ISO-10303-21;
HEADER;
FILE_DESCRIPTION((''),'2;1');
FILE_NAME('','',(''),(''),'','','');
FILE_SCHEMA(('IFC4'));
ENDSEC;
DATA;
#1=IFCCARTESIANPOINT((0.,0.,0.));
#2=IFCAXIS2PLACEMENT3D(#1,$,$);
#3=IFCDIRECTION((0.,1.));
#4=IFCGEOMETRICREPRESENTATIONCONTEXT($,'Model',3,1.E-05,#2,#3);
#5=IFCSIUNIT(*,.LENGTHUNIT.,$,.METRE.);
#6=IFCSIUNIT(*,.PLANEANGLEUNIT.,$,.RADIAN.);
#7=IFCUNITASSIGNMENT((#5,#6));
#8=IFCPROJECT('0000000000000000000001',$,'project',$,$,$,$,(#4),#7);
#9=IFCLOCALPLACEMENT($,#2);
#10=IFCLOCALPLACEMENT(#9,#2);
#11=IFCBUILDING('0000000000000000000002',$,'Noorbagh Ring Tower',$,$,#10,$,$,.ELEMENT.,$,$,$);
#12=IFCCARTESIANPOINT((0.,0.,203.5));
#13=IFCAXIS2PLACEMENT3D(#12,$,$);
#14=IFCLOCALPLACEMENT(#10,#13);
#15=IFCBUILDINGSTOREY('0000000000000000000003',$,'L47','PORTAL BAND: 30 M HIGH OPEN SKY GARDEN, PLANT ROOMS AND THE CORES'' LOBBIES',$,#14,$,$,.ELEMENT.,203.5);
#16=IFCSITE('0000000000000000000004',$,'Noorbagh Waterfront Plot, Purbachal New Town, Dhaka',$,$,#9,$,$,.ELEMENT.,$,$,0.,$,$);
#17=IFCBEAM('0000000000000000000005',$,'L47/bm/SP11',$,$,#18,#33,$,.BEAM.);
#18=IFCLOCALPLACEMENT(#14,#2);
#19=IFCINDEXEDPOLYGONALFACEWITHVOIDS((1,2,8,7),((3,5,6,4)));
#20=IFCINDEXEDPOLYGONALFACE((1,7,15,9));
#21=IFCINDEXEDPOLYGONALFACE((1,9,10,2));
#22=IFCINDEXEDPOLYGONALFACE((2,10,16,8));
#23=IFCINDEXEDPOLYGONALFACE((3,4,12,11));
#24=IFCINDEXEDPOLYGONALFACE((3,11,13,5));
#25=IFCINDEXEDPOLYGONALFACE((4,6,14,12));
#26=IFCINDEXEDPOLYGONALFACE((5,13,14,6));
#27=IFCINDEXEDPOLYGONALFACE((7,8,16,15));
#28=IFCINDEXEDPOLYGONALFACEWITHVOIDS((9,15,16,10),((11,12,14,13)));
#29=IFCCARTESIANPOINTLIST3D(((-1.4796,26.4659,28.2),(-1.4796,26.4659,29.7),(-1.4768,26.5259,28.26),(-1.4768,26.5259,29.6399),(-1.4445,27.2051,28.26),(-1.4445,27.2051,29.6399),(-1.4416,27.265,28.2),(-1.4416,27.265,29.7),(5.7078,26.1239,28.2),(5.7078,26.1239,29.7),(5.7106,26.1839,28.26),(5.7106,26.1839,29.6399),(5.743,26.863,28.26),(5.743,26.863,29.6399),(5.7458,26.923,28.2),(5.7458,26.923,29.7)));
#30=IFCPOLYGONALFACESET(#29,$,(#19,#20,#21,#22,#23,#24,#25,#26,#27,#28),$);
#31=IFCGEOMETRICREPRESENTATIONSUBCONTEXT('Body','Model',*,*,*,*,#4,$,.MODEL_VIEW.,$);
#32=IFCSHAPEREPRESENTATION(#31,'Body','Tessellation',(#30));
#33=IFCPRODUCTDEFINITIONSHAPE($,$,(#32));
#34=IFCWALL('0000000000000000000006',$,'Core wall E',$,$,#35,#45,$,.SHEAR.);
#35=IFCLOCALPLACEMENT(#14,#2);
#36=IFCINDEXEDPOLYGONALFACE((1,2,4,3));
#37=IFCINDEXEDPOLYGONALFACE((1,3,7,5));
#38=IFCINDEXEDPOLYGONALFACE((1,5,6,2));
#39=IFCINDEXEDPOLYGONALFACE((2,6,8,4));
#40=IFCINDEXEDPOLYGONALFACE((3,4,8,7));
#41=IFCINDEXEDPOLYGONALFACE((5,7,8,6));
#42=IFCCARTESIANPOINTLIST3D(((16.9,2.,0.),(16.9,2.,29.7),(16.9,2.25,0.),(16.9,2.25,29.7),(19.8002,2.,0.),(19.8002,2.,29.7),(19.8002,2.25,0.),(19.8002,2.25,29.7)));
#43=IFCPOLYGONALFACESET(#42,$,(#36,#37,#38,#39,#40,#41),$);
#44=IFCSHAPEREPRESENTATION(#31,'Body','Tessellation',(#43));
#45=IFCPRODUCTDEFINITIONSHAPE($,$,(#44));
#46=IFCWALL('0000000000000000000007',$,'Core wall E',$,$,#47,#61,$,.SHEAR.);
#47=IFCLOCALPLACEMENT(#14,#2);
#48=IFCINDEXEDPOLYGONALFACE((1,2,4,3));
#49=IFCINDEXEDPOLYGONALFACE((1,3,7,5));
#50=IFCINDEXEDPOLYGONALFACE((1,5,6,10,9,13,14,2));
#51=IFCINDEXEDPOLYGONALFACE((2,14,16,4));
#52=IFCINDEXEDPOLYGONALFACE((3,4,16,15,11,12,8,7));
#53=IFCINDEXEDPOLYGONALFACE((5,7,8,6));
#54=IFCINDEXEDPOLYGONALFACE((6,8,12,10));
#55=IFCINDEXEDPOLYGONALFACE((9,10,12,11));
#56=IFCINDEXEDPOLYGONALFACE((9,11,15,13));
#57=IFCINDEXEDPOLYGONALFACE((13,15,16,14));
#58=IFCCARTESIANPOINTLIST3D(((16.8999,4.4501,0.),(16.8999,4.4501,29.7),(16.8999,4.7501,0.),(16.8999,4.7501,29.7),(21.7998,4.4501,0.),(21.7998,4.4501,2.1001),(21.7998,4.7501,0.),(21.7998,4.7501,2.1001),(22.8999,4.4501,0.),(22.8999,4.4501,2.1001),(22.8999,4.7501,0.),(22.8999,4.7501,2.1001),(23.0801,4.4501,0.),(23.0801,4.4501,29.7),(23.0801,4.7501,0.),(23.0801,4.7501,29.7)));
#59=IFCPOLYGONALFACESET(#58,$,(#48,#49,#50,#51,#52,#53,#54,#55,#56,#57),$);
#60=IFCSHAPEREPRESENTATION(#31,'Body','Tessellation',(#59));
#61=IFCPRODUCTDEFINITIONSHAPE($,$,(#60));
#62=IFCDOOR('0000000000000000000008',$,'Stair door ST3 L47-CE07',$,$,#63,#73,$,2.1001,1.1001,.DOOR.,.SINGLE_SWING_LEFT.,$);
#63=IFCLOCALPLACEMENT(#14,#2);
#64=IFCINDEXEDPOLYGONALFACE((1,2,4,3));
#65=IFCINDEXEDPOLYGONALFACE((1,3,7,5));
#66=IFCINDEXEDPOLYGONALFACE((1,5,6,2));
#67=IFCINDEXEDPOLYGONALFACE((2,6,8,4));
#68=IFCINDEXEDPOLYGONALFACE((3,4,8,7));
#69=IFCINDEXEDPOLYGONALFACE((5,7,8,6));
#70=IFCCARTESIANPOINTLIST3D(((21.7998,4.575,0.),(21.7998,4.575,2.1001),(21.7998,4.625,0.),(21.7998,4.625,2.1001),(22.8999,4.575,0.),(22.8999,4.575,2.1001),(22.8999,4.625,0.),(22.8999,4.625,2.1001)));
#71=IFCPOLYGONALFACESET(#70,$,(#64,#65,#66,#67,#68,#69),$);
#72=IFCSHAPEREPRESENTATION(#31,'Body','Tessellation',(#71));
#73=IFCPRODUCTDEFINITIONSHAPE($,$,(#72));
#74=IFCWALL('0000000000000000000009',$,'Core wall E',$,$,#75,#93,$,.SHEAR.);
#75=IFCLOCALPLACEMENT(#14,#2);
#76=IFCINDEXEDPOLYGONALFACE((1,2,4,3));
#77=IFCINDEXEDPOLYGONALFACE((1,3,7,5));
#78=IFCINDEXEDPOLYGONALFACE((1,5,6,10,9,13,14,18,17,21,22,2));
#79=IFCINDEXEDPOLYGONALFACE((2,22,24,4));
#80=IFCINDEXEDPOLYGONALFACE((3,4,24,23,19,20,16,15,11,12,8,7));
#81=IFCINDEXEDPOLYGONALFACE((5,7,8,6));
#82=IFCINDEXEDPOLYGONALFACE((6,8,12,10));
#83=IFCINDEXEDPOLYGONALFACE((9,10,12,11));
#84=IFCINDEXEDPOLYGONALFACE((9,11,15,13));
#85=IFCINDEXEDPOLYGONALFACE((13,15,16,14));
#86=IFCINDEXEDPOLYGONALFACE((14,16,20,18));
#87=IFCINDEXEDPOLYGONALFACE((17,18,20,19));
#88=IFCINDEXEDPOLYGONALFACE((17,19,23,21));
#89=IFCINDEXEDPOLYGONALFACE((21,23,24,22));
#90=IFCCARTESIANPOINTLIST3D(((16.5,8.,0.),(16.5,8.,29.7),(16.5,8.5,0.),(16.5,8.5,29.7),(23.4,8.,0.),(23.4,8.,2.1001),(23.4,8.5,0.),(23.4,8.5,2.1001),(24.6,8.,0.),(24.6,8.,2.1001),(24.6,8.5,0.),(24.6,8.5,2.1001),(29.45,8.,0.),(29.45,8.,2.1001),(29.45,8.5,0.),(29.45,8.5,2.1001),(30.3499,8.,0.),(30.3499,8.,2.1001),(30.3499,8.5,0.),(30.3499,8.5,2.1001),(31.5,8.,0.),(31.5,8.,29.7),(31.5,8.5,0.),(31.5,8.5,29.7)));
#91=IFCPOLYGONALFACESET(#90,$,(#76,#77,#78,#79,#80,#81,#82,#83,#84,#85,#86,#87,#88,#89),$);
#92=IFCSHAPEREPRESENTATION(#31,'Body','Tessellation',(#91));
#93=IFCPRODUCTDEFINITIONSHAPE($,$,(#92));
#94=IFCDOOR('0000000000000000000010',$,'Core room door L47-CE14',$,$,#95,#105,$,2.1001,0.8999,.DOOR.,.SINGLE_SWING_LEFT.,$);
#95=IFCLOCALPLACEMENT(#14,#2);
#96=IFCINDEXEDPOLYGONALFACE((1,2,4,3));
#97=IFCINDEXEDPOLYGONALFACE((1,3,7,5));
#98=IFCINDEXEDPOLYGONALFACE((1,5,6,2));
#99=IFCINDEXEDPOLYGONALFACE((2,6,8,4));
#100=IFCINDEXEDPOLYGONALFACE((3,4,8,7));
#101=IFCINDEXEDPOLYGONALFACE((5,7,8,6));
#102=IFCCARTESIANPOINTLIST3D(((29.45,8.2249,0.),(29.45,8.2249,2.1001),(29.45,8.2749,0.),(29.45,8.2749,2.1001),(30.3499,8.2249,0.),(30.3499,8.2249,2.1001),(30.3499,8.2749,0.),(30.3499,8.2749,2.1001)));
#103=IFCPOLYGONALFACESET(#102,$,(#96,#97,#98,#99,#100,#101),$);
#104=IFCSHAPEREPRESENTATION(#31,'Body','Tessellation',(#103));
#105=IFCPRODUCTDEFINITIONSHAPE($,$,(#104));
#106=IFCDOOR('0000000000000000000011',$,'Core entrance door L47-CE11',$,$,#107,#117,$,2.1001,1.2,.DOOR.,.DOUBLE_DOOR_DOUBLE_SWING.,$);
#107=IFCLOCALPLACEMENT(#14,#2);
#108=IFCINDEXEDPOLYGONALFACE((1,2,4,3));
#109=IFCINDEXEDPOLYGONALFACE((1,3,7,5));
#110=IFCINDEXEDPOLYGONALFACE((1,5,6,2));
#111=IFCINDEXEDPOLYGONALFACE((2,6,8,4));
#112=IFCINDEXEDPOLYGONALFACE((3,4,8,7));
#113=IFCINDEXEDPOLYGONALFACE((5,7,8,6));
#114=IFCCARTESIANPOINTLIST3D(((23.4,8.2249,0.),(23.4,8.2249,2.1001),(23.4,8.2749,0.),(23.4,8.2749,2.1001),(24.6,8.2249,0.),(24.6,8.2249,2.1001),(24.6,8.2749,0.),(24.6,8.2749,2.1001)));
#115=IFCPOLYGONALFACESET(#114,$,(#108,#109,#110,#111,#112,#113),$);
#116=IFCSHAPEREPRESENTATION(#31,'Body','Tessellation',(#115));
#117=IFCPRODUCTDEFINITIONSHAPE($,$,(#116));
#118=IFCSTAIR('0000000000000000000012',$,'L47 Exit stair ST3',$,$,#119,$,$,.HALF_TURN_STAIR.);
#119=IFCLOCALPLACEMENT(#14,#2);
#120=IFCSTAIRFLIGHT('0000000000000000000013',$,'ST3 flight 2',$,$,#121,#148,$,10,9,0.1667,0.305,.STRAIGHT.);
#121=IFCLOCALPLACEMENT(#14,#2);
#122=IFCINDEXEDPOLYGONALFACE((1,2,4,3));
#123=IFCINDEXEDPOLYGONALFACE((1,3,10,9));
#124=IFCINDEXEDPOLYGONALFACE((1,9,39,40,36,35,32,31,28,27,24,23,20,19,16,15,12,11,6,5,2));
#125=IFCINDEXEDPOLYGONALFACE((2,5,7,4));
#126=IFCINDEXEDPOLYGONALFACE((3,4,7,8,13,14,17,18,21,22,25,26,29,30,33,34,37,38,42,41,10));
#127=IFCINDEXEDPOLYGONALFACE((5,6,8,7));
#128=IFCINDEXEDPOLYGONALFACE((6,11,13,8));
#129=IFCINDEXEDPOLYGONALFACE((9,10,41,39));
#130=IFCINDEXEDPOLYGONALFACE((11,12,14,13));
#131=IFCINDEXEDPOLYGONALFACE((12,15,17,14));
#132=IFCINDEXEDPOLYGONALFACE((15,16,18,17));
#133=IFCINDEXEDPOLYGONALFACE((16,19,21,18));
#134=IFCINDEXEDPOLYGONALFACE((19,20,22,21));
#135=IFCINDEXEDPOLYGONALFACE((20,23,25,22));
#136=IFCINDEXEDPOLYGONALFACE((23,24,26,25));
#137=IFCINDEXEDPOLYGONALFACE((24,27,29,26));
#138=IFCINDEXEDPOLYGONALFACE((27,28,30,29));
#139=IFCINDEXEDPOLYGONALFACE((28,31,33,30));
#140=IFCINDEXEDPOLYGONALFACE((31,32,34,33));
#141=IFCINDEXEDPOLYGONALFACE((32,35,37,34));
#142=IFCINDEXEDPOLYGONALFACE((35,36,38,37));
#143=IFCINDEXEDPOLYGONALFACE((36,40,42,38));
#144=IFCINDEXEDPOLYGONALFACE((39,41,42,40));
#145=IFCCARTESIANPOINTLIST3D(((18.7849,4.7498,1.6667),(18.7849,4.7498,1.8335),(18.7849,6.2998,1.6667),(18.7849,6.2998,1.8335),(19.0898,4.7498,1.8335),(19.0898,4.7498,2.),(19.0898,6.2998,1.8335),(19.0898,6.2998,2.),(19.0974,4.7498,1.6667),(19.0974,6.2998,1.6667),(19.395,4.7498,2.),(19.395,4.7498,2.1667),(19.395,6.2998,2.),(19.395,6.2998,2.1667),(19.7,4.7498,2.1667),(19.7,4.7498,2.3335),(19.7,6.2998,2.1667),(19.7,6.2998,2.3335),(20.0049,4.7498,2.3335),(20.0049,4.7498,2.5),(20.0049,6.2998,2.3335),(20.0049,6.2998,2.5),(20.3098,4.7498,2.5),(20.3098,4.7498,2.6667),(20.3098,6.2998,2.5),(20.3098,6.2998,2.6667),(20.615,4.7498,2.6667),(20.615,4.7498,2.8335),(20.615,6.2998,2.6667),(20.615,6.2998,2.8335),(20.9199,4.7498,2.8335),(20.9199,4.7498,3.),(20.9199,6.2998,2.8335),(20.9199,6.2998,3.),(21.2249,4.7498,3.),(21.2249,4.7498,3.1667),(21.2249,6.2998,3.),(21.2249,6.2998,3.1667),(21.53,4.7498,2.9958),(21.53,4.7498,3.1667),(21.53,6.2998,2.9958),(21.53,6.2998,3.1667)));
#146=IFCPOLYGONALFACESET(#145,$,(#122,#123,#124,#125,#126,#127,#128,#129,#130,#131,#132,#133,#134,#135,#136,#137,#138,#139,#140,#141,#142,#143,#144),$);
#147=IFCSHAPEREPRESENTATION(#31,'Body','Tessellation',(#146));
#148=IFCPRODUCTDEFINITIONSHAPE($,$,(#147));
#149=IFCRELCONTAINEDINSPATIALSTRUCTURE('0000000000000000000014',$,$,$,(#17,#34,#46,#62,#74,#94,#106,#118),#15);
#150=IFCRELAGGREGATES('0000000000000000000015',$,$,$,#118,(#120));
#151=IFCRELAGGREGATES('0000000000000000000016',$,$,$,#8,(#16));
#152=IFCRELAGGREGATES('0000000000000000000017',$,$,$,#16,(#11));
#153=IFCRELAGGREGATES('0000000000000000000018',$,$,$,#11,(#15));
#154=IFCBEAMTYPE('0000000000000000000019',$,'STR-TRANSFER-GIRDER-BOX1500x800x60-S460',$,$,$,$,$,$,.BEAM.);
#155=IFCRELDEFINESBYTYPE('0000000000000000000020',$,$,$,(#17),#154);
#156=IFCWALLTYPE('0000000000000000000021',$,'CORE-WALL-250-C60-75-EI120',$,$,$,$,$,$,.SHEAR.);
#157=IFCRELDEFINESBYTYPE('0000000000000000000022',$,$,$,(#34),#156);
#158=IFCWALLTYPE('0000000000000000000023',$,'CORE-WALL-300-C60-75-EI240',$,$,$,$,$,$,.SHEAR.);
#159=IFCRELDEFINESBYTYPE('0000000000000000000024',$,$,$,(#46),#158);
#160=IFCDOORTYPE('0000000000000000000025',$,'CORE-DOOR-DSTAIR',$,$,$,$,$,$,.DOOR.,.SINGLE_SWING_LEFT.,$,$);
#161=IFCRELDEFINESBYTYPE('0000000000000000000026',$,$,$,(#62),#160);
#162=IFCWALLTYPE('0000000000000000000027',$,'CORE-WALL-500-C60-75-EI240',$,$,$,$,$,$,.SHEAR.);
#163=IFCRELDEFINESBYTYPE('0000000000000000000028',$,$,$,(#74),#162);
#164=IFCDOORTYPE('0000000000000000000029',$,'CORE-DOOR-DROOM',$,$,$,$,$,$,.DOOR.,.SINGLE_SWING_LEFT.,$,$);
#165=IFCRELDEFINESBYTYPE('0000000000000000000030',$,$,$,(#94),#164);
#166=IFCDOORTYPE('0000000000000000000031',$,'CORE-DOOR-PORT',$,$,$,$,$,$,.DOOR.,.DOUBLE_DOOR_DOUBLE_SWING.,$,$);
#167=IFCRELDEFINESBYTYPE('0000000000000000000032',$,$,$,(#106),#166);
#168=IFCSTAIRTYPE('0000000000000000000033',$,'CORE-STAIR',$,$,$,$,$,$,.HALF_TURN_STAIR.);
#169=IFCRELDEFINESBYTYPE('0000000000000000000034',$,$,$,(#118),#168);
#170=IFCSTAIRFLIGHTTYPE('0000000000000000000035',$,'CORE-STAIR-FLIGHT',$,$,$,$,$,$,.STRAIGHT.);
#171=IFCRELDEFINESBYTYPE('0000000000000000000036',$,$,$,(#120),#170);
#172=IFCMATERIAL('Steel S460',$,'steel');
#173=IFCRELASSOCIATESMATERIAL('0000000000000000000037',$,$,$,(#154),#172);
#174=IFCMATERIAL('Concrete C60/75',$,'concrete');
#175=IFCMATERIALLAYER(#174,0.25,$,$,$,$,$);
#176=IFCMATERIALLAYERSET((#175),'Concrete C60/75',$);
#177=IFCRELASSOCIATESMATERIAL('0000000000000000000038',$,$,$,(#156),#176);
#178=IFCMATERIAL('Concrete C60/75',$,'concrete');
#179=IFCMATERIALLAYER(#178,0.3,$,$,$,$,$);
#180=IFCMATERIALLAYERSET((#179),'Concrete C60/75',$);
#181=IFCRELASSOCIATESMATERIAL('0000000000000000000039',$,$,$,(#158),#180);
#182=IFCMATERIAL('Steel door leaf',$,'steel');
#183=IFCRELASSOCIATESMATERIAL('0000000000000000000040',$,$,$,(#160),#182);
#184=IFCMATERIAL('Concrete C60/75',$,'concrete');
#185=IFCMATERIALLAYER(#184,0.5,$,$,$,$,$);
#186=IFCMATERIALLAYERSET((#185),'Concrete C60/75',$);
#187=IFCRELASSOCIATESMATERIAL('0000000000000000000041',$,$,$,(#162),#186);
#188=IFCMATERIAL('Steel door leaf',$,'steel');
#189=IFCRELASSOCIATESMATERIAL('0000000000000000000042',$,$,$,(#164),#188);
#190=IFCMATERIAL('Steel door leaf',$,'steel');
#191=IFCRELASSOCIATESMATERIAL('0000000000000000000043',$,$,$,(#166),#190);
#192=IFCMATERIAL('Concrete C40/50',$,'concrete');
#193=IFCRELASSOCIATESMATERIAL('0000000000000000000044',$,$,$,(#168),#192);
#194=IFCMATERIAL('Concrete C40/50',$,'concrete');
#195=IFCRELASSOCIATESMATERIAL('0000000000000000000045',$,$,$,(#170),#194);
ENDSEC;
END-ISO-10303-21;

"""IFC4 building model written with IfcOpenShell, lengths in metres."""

from ifc_helpers import new_model, si_unit, direction, frame, frame_2d, origin, origin_2d, place, context, subcontext, project, spatial, polyline, rectangle, hollow_rectangle, outline, extrude, material, layer, layer_set, material_profile, profile_set, type_object, element, fill, aggregate, save


model = new_model("IFC4")

# Units and contexts
model_context = context("Model", 3, precision=1e-05, world=origin(), true_north=direction((0.0, 1.0)))
body_context = subcontext(model_context, "Body", "Model", "MODEL_VIEW")
ifc_project = project(units=[si_unit("LENGTHUNIT", "METRE"), si_unit("PLANEANGLEUNIT", "RADIAN")], contexts=[model_context])

# Site, building, storey
site_placement = place(None, origin())
site = spatial("IfcSite", under=ifc_project, at=site_placement, Name="Noorbagh Waterfront Plot, Purbachal New Town, Dhaka", CompositionType="ELEMENT", RefElevation=0.0)
building_placement = place(site_placement, origin())
building = spatial("IfcBuilding", under=site, at=building_placement, Name="Noorbagh Ring Tower", CompositionType="ELEMENT")
storey_placement = place(building_placement, frame((0.0, 0.0, 203.5)))
storey = spatial("IfcBuildingStorey", under=building, at=storey_placement, Name="L47", Description="PORTAL BAND: 30 M HIGH OPEN SKY GARDEN, PLANT ROOMS AND THE CORES' LOBBIES", CompositionType="ELEMENT", Elevation=203.5)

# Beam
ifc_material_1 = material(Name="Steel S460", Category="steel")
ifc_material_profile_1 = material_profile(ifc_material_1, hollow_rectangle(XDim=0.8, YDim=1.5, WallThickness=0.0601, at=origin_2d()), Name="BOX1500x800x60")
ifc_profile_set_1 = profile_set([ifc_material_profile_1], Name="Steel S460")
beam_type_1 = type_object("IfcBeamType", Name="STR-TRANSFER-GIRDER-BOX1500x800x60-S460", PredefinedType="BEAM", material=ifc_profile_set_1)
beam_1_placement = place(storey_placement, frame((5.7268, 26.5234, 28.95), z_axis=(-0.99887, 0.047535, 0.0), x_axis=(-0.047535, -0.99887, 0.0)))
element("IfcBeam", 1, at=beam_1_placement, inside=storey, type_object=beam_type_1, Name="L47/bm/SP11", PredefinedType="BEAM", context=body_context, shape_type="SweptSolid", body=[
    extrude(hollow_rectangle(XDim=0.8, YDim=1.5, WallThickness=0.0601, at=origin_2d()), origin(), (0.0, 0.0, 1.0), 7.1956),
])

# Wall
ifc_material_2 = material(Name="Concrete C60/75", Category="concrete")
ifc_layer_1 = layer(ifc_material_2, 0.25)
ifc_layer_set_1 = layer_set([ifc_layer_1], Name="Concrete C60/75")
wall_type_1 = type_object("IfcWallType", Name="CORE-WALL-250-C60-75-EI120", PredefinedType="SHEAR", material=ifc_layer_set_1)
wall_1_placement = place(storey_placement, frame((16.8999, 2.125, 0.0), z_axis=(0.0, 0.0, 1.0), x_axis=(1.0, 0.0, 0.0)))
element("IfcWall", 2, at=wall_1_placement, inside=storey, type_object=wall_type_1, Name="Core wall E", PredefinedType="SHEAR", context=body_context, shape_type="SweptSolid", body=[
    extrude(rectangle(XDim=2.9001, YDim=0.25, at=frame_2d((1.4502, 0.0))), origin(), (0.0, 0.0, 1.0), 29.7),
])

# Wall, opening, door
ifc_material_3 = material(Name="Concrete C60/75", Category="concrete")
ifc_layer_2 = layer(ifc_material_3, 0.3)
ifc_layer_set_2 = layer_set([ifc_layer_2], Name="Concrete C60/75")
wall_type_2 = type_object("IfcWallType", Name="CORE-WALL-300-C60-75-EI240", PredefinedType="SHEAR", material=ifc_layer_set_2)
wall_2_placement = place(storey_placement, frame((16.8999, 4.6001, 0.0), z_axis=(0.0, 0.0, 1.0), x_axis=(1.0, 0.0, 0.0)))
wall_2 = element("IfcWall", 3, at=wall_2_placement, inside=storey, type_object=wall_type_2, Name="Core wall E", PredefinedType="SHEAR", context=body_context, shape_type="SweptSolid", body=[
    extrude(rectangle(XDim=6.1802, YDim=0.3, at=frame_2d((3.0901, 0.0))), origin(), (0.0, 0.0, 1.0), 29.7),
])
opening_1_placement = place(wall_2_placement, frame((4.8999, 0.0, 0.0)))
opening_1 = element("IfcOpeningElement", 4, at=opening_1_placement, cuts=wall_2, PredefinedType="OPENING", context=body_context, shape_type="SweptSolid", body=[
    extrude(rectangle(XDim=1.1001, YDim=2.1001, at=frame_2d((0.55, 1.05))), frame((0.0, 0.1602, 0.0), z_axis=(0.0, -1.0, 0.0), x_axis=(1.0, 0.0, 0.0)), (0.0, 0.0, 1.0), 0.3201),
])
ifc_material_4 = material(Name="Steel door leaf", Category="steel")
door_type_1 = type_object("IfcDoorType", Name="CORE-DOOR-DSTAIR", OperationType="SINGLE_SWING_LEFT", PredefinedType="DOOR", material=ifc_material_4)
door_1_placement = place(opening_1_placement, origin())
door_1 = element("IfcDoor", 5, at=door_1_placement, inside=storey, type_object=door_type_1, Name="Stair door ST3 L47-CE07", OperationType="SINGLE_SWING_LEFT", OverallHeight=2.1001, OverallWidth=1.1001, PredefinedType="DOOR", context=body_context, shape_type="SweptSolid", body=[
    extrude(rectangle(XDim=1.1001, YDim=2.1001, at=frame_2d((0.55, 1.05))), frame((0.0, 0.0249, 0.0), z_axis=(0.0, -1.0, 0.0), x_axis=(1.0, 0.0, 0.0)), (0.0, 0.0, 1.0), 0.05),
])
fill(opening_1, door_1)

# Wall, openings, doors
ifc_material_5 = material(Name="Concrete C60/75", Category="concrete")
ifc_layer_3 = layer(ifc_material_5, 0.5)
ifc_layer_set_3 = layer_set([ifc_layer_3], Name="Concrete C60/75")
wall_type_3 = type_object("IfcWallType", Name="CORE-WALL-500-C60-75-EI240", PredefinedType="SHEAR", material=ifc_layer_set_3)
wall_3_placement = place(storey_placement, frame((16.5, 8.25, 0.0), z_axis=(0.0, 0.0, 1.0), x_axis=(1.0, 0.0, 0.0)))
wall_3 = element("IfcWall", 6, at=wall_3_placement, inside=storey, type_object=wall_type_3, Name="Core wall E", PredefinedType="SHEAR", context=body_context, shape_type="SweptSolid", body=[
    extrude(rectangle(XDim=15.0, YDim=0.5, at=frame_2d((7.5, 0.0))), origin(), (0.0, 0.0, 1.0), 29.7),
])
opening_2_placement = place(wall_3_placement, frame((6.8999, 0.0, 0.0)))
opening_2 = element("IfcOpeningElement", 7, at=opening_2_placement, cuts=wall_3, PredefinedType="OPENING", context=body_context, shape_type="SweptSolid", body=[
    extrude(rectangle(XDim=1.2, YDim=2.1001, at=frame_2d((0.6001, 1.05))), frame((0.0, 0.26, 0.0), z_axis=(0.0, -1.0, 0.0), x_axis=(1.0, 0.0, 0.0)), (0.0, 0.0, 1.0), 0.52),
])
opening_3_placement = place(wall_3_placement, frame((12.95, 0.0, 0.0)))
opening_3 = element("IfcOpeningElement", 8, at=opening_3_placement, cuts=wall_3, PredefinedType="OPENING", context=body_context, shape_type="SweptSolid", body=[
    extrude(rectangle(XDim=0.8999, YDim=2.1001, at=frame_2d((0.45, 1.05))), frame((0.0, 0.26, 0.0), z_axis=(0.0, -1.0, 0.0), x_axis=(1.0, 0.0, 0.0)), (0.0, 0.0, 1.0), 0.52),
])
ifc_material_6 = material(Name="Steel door leaf", Category="steel")
door_type_2 = type_object("IfcDoorType", Name="CORE-DOOR-DROOM", OperationType="SINGLE_SWING_LEFT", PredefinedType="DOOR", material=ifc_material_6)
door_2_placement = place(opening_3_placement, origin())
door_2 = element("IfcDoor", 9, at=door_2_placement, inside=storey, type_object=door_type_2, Name="Core room door L47-CE14", OperationType="SINGLE_SWING_LEFT", OverallHeight=2.1001, OverallWidth=0.8999, PredefinedType="DOOR", context=body_context, shape_type="SweptSolid", body=[
    extrude(rectangle(XDim=0.8999, YDim=2.1001, at=frame_2d((0.45, 1.05))), frame((0.0, 0.0249, 0.0), z_axis=(0.0, -1.0, 0.0), x_axis=(1.0, 0.0, 0.0)), (0.0, 0.0, 1.0), 0.05),
])
fill(opening_3, door_2)
ifc_material_7 = material(Name="Steel door leaf", Category="steel")
door_type_3 = type_object("IfcDoorType", Name="CORE-DOOR-PORT", OperationType="DOUBLE_DOOR_DOUBLE_SWING", PredefinedType="DOOR", material=ifc_material_7)
door_3_placement = place(opening_2_placement, origin())
door_3 = element("IfcDoor", 10, at=door_3_placement, inside=storey, type_object=door_type_3, Name="Core entrance door L47-CE11", OperationType="DOUBLE_DOOR_DOUBLE_SWING", OverallHeight=2.1001, OverallWidth=1.2, PredefinedType="DOOR", context=body_context, shape_type="SweptSolid", body=[
    extrude(rectangle(XDim=1.2, YDim=2.1001, at=frame_2d((0.6001, 1.05))), frame((0.0, 0.0249, 0.0), z_axis=(0.0, -1.0, 0.0), x_axis=(1.0, 0.0, 0.0)), (0.0, 0.0, 1.0), 0.05),
])
fill(opening_2, door_3)

# Stair, stair flight
ifc_material_8 = material(Name="Concrete C40/50", Category="concrete")
stair_type = type_object("IfcStairType", Name="CORE-STAIR", PredefinedType="HALF_TURN_STAIR", material=ifc_material_8)
stair_placement = place(storey_placement, origin())
stair = element("IfcStair", 11, at=stair_placement, inside=storey, type_object=stair_type, Name="L47 Exit stair ST3", PredefinedType="HALF_TURN_STAIR")
ifc_material_9 = material(Name="Concrete C40/50", Category="concrete")
stair_flight_type = type_object("IfcStairFlightType", Name="CORE-STAIR-FLIGHT", PredefinedType="STRAIGHT", material=ifc_material_9)
stair_flight_1_placement = place(storey_placement, frame((18.7849, 5.5249, 1.6667), z_axis=(0.0, 0.0, 1.0), x_axis=(1.0, 0.0, 0.0)))
stair_flight_1 = element("IfcStairFlight", 12, at=stair_flight_1_placement, type_object=stair_flight_type, Name="ST3 flight 2", NumberOfRisers=10, NumberOfTreads=9, PredefinedType="STRAIGHT", RiserHeight=0.1667, TreadLength=0.305, context=body_context, shape_type="SweptSolid", body=[
    extrude(outline(polyline([(0.0, 0.0), (0.0, 0.1667), (0.3049, 0.1667), (0.3049, 0.3333), (0.6101, 0.3333), (0.6101, 0.5), (0.915, 0.5), (0.915, 0.6667), (1.22, 0.6667), (1.22, 0.8333), (1.5249, 0.8333), (1.5249, 1.0), (1.8301, 1.0), (1.8301, 1.1667), (2.135, 1.1667), (2.135, 1.3333), (2.4399, 1.3333), (2.4399, 1.5), (2.7451, 1.5), (2.7451, 1.6667), (2.7451, 1.3291), (0.3125, 0.0), (0.0, 0.0)])), frame((0.0, 0.7749, 0.0), z_axis=(0.0, -1.0, 0.0), x_axis=(1.0, 0.0, 0.0)), (0.0, 0.0, 1.0), 1.55),
])
aggregate(stair, [stair_flight_1])

save(model, "model.ifc")
